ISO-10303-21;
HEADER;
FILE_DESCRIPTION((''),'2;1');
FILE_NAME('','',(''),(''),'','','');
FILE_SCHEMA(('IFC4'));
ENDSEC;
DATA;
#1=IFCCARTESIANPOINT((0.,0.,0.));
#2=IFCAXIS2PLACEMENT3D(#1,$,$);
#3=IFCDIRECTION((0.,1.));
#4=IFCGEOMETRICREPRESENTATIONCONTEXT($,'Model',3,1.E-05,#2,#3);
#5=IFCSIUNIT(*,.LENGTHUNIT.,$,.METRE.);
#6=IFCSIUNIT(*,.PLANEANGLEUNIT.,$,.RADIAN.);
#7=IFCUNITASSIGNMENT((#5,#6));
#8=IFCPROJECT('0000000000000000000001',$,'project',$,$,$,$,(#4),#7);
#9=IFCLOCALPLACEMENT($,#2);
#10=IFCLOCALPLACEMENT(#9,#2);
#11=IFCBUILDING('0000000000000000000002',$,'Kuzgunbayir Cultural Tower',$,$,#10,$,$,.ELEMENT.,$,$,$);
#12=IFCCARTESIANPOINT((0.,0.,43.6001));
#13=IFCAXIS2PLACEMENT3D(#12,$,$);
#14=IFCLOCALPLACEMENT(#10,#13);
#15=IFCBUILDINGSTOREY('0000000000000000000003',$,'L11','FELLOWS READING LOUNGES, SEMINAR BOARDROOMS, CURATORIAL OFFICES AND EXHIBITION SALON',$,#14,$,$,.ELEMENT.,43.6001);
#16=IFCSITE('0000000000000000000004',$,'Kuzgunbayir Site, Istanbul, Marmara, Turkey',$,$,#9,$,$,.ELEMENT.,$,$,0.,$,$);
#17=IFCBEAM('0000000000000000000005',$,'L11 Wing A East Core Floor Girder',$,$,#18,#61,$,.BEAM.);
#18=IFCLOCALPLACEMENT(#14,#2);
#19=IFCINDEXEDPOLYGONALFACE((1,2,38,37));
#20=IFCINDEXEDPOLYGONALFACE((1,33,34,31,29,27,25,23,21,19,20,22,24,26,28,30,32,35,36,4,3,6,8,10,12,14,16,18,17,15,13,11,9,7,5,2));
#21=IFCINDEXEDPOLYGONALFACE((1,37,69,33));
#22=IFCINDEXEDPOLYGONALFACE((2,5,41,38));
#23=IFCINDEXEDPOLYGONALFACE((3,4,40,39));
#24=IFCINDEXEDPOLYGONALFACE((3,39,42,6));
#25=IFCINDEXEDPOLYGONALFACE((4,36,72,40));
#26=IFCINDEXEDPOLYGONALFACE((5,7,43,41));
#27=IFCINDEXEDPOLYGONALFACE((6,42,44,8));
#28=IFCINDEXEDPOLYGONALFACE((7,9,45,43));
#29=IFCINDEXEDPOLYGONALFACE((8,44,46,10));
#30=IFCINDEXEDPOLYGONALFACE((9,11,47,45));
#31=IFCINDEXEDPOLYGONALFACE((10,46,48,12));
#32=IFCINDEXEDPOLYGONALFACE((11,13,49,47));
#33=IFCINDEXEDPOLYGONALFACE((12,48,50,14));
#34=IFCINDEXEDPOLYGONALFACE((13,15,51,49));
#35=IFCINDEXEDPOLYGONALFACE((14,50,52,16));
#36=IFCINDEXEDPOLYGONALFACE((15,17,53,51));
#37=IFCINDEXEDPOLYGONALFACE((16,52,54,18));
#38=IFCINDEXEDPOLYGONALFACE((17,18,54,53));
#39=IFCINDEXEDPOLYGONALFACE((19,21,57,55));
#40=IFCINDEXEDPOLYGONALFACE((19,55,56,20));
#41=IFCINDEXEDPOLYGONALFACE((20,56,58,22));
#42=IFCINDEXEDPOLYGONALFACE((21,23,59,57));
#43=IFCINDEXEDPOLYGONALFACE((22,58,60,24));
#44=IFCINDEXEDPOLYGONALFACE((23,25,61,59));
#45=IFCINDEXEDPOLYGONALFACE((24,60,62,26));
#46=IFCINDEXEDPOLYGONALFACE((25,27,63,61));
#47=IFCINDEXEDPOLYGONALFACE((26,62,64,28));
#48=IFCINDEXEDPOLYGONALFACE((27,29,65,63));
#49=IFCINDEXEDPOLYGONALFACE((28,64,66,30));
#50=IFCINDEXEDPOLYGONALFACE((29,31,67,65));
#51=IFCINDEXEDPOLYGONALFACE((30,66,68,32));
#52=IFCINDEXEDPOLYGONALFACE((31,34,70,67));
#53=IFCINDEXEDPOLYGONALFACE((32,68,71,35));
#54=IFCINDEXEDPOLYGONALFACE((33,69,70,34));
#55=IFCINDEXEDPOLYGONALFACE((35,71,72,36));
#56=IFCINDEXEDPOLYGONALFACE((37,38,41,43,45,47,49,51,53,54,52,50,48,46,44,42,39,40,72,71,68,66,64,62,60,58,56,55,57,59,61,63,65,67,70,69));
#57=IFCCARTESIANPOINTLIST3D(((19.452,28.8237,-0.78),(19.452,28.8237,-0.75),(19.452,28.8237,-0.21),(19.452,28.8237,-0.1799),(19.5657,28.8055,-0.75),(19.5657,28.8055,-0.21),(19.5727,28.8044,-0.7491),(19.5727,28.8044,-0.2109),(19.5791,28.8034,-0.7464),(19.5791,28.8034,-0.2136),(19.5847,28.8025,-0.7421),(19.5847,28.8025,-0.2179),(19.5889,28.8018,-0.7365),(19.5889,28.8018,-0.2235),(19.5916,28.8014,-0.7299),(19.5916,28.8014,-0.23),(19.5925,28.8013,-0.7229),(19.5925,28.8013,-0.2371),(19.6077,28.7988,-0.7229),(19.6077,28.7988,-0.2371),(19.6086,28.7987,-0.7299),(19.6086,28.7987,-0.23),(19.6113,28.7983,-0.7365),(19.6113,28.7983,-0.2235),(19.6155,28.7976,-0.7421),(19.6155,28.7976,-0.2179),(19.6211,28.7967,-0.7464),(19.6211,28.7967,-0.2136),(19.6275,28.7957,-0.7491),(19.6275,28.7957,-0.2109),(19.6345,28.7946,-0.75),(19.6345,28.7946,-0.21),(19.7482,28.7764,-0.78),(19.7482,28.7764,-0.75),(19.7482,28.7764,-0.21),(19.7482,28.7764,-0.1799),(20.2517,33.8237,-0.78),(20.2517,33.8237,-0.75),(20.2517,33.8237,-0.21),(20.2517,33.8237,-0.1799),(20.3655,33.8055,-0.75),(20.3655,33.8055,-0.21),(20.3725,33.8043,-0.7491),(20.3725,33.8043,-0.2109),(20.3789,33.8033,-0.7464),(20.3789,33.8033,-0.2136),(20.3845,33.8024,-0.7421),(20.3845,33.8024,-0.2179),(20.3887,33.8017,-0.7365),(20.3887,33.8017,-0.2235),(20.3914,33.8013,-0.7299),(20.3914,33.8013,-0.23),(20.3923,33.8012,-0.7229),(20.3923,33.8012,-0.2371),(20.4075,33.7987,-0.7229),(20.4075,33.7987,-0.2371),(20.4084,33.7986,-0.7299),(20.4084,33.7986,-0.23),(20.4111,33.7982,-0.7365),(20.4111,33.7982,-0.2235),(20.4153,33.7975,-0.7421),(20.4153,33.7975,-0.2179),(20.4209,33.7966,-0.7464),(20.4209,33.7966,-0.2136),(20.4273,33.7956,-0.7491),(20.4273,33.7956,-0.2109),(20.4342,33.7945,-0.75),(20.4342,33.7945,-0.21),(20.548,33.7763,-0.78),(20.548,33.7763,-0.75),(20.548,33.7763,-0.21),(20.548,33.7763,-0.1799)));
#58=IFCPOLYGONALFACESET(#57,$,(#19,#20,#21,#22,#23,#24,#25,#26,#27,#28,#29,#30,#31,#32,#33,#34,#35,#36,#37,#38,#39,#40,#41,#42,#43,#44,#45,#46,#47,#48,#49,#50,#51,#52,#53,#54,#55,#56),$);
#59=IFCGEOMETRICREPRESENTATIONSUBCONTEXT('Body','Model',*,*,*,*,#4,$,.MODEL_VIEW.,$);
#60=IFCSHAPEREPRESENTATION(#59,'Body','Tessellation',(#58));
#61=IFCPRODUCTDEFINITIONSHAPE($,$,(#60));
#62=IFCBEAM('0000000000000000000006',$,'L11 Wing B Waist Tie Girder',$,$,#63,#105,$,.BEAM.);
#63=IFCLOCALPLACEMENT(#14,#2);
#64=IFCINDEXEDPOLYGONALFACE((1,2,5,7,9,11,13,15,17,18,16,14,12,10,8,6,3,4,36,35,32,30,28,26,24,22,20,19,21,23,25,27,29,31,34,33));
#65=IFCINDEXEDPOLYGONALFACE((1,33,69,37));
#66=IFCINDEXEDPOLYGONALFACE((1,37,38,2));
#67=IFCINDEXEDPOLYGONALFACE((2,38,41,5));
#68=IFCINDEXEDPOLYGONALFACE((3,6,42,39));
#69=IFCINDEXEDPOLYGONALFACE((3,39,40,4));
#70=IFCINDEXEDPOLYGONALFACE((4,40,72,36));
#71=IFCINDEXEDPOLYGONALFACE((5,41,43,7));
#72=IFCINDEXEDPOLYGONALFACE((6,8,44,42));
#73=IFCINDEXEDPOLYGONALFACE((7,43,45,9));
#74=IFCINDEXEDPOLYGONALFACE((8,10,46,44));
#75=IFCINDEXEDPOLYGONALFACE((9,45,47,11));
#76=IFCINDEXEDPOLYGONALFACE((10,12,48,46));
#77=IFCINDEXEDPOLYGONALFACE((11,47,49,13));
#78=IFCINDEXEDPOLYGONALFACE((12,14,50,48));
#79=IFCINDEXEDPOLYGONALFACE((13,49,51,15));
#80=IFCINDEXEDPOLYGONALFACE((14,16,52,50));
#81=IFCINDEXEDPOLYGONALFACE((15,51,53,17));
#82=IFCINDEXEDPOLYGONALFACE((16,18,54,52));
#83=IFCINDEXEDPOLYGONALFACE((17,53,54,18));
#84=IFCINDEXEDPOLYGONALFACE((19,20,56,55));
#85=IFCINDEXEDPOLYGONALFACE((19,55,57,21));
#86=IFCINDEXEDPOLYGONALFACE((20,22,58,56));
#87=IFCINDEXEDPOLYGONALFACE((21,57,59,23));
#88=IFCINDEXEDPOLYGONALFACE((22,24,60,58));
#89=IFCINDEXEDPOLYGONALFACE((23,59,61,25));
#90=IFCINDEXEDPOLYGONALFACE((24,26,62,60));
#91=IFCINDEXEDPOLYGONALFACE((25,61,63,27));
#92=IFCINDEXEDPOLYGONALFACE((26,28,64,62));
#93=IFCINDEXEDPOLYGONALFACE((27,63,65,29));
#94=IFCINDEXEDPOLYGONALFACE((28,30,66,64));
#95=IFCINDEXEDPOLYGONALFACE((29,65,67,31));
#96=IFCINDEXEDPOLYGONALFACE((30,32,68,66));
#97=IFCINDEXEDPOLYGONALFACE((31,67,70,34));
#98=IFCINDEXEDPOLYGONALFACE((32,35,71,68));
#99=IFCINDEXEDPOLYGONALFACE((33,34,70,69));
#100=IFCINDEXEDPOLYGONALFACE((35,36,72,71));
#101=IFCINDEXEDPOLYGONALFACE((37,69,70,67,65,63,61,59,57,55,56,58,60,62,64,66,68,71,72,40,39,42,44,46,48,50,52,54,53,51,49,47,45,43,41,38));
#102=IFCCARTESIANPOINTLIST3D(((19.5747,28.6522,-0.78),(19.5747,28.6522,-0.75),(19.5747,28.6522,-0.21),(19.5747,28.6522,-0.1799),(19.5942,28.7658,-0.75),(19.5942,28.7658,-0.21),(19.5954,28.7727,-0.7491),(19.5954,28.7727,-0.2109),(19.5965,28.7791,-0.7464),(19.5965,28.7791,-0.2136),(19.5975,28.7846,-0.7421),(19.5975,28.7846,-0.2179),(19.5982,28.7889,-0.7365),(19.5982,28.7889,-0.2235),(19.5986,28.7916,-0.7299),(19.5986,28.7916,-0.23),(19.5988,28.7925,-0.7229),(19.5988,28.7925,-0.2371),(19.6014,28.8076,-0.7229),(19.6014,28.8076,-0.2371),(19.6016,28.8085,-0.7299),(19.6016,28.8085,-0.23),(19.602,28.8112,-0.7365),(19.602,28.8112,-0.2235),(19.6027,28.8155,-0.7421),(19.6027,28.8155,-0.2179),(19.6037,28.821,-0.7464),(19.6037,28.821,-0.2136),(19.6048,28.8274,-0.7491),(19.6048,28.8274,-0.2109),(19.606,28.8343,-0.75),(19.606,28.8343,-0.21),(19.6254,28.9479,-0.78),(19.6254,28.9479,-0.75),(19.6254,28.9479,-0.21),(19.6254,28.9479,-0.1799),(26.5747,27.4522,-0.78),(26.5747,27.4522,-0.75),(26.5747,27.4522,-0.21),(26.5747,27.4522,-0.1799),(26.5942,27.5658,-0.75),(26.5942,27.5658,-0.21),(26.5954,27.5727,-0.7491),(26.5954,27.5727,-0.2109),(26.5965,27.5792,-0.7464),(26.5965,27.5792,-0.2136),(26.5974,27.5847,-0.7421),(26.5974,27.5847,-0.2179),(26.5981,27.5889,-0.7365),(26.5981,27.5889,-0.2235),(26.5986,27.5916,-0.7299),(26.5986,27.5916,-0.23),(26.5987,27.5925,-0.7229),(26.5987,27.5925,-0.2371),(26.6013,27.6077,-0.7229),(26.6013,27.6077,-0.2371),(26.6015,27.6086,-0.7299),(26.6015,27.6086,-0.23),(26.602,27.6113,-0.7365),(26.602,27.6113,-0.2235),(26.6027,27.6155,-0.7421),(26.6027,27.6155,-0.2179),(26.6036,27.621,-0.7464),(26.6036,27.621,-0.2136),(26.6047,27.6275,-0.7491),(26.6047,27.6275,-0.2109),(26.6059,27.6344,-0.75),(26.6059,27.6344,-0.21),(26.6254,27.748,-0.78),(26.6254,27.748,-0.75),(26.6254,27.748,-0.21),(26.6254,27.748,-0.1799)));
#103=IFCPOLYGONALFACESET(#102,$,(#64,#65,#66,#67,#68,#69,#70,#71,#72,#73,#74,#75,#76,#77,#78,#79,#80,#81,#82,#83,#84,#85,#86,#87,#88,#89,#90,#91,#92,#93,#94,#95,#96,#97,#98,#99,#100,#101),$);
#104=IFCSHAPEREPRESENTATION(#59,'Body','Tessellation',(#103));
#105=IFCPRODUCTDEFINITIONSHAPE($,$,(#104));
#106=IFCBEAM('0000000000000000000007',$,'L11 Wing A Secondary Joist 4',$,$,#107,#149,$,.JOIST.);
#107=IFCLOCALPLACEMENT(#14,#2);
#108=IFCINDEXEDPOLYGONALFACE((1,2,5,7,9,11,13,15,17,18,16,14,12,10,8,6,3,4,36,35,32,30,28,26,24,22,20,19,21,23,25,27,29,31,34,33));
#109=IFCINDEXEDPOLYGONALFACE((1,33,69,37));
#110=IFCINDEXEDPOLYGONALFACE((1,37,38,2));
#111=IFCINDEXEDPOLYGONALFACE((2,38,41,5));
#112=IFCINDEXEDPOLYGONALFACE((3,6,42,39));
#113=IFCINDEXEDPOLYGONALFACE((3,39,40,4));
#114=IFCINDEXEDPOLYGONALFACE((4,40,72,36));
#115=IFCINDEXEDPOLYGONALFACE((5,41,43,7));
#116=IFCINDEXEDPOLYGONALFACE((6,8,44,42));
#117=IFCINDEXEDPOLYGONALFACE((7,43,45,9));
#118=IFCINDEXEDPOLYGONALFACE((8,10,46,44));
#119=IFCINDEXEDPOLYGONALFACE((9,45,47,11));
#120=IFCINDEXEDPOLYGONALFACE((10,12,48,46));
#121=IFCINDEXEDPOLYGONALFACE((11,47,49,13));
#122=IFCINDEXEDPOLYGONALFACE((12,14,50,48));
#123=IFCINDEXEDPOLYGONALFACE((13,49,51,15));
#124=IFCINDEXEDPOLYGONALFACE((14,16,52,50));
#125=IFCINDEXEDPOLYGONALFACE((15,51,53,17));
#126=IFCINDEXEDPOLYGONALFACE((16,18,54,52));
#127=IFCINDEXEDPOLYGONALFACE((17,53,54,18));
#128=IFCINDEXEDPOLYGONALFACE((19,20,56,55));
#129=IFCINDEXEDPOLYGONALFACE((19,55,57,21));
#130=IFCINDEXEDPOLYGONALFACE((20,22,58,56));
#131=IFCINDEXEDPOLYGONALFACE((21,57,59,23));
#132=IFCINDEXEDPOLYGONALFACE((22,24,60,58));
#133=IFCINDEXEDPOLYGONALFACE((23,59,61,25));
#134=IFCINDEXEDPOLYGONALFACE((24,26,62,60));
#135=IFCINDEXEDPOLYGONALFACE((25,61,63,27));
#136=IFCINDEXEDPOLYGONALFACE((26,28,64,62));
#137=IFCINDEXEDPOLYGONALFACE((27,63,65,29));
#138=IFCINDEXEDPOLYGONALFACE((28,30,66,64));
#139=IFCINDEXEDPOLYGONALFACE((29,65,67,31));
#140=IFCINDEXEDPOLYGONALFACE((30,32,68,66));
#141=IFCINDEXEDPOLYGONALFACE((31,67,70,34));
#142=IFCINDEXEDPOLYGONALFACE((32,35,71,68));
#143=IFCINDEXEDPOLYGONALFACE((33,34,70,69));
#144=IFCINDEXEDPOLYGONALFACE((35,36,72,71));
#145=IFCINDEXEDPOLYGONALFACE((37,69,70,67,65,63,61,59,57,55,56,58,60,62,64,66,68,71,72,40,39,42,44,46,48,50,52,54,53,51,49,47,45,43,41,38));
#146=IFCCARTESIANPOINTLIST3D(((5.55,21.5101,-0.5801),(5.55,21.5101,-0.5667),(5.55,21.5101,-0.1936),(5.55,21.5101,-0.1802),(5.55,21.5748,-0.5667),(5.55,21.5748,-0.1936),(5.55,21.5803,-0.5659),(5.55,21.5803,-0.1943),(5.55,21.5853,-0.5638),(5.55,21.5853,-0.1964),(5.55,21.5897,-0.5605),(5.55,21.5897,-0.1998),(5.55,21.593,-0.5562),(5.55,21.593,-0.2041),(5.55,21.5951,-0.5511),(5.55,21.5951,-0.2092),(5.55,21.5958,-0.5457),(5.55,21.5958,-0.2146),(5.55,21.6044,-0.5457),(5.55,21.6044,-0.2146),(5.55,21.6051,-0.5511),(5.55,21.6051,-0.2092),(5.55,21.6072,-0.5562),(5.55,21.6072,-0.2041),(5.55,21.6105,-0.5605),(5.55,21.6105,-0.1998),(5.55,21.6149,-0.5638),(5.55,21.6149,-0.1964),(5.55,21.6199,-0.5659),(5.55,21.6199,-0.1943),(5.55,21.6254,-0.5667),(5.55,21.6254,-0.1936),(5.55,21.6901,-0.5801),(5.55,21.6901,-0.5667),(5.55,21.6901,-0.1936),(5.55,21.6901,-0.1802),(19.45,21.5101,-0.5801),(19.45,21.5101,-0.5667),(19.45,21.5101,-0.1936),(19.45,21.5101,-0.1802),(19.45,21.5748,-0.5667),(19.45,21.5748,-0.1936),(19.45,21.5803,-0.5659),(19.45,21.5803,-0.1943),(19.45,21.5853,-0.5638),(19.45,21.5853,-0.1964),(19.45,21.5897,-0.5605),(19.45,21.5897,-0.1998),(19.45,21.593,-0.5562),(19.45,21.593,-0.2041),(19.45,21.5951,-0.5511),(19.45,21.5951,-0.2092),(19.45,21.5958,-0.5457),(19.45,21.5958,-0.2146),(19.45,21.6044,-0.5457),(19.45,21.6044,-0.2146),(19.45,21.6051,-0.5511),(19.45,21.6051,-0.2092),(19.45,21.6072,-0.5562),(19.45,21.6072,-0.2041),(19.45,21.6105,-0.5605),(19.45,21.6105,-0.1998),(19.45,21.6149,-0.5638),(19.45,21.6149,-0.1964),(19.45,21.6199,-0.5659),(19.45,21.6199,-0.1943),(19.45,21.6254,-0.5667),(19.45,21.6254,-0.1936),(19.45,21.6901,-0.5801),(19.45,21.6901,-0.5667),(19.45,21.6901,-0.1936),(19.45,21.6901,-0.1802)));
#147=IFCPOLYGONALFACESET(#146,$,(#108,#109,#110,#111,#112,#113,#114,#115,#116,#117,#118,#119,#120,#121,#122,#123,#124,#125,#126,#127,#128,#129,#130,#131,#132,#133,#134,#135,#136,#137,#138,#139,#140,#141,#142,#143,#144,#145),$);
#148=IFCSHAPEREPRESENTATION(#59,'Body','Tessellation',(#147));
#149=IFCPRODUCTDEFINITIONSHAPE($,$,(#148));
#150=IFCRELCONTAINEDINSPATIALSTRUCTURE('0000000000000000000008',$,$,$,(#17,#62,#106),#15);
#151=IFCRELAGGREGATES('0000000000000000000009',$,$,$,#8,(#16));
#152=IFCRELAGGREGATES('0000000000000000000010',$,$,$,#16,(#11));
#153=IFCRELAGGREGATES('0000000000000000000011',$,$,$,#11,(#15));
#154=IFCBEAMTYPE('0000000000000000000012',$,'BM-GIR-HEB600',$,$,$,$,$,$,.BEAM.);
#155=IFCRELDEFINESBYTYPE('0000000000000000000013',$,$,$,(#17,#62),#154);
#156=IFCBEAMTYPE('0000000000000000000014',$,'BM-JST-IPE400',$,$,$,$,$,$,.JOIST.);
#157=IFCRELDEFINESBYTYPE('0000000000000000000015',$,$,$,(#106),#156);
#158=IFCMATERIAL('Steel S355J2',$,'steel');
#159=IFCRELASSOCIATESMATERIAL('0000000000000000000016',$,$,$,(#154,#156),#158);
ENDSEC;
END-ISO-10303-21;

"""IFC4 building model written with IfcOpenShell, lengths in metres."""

from ifc_helpers import new_model, si_unit, direction, frame, origin, origin_2d, place, context, subcontext, project, spatial, i_section, extrude, material, material_profile, profile_set, type_object, element, save


model = new_model("IFC4")

# Units and contexts
model_context = context("Model", 3, precision=1e-05, world=origin(), true_north=direction((0.0, 1.0)))
body_context = subcontext(model_context, "Body", "Model", "MODEL_VIEW")
ifc_project = project(units=[si_unit("LENGTHUNIT", "METRE"), si_unit("PLANEANGLEUNIT", "RADIAN")], contexts=[model_context])

# Site, building, storey
site_placement = place(None, origin())
site = spatial("IfcSite", under=ifc_project, at=site_placement, Name="Kuzgunbayir Site, Istanbul, Marmara, Turkey", CompositionType="ELEMENT", RefElevation=0.0)
building_placement = place(site_placement, origin())
building = spatial("IfcBuilding", under=site, at=building_placement, Name="Kuzgunbayir Cultural Tower", CompositionType="ELEMENT")
storey_placement = place(building_placement, frame((0.0, 0.0, 43.6001)))
storey = spatial("IfcBuildingStorey", under=building, at=storey_placement, Name="L11", Description="FELLOWS READING LOUNGES, SEMINAR BOARDROOMS, CURATORIAL OFFICES AND EXHIBITION SALON", CompositionType="ELEMENT", Elevation=43.6001)

# Beams
ifc_material_1 = material(Name="Steel S355J2", Category="steel")
ifc_material_profile_1 = material_profile(ifc_material_1, i_section(OverallWidth=0.3, OverallDepth=0.6001, WebThickness=0.0154, FlangeThickness=0.03, FilletRadius=0.0271, at=origin_2d()), Name="HEB 600")
ifc_profile_set_1 = profile_set([ifc_material_profile_1], Name="Steel S355J2")
beam_type_1 = type_object("IfcBeamType", Name="BM-GIR-HEB600", PredefinedType="BEAM", material=ifc_profile_set_1)
beam_1_placement = place(storey_placement, frame((19.6001, 28.8, -0.48), z_axis=(0.157953, 0.987447, 0.0), x_axis=(-0.987447, 0.157953, 0.0)))
element("IfcBeam", 1, at=beam_1_placement, inside=storey, type_object=beam_type_1, Name="L11 Wing A East Core Floor Girder", PredefinedType="BEAM", context=body_context, shape_type="SweptSolid", body=[
    extrude(i_section(OverallWidth=0.3, OverallDepth=0.6001, WebThickness=0.0154, FlangeThickness=0.03, FilletRadius=0.0271, at=origin_2d()), origin(), (0.0, 0.0, 1.0), 5.0635),
])
beam_2_placement = place(storey_placement, frame((19.6001, 28.8, -0.48), z_axis=(0.985623, -0.168957, 0.0), x_axis=(0.168957, 0.985623, 0.0)))
element("IfcBeam", 2, at=beam_2_placement, inside=storey, type_object=beam_type_1, Name="L11 Wing B Waist Tie Girder", PredefinedType="BEAM", context=body_context, shape_type="SweptSolid", body=[
    extrude(i_section(OverallWidth=0.3, OverallDepth=0.6001, WebThickness=0.0154, FlangeThickness=0.03, FilletRadius=0.0271, at=origin_2d()), origin(), (0.0, 0.0, 1.0), 7.1021),
])
ifc_material_profile_2 = material_profile(ifc_material_1, i_section(OverallWidth=0.1799, OverallDepth=0.3999, WebThickness=0.0085, FlangeThickness=0.0134, FilletRadius=0.021, at=origin_2d()), Name="IPE 400")
ifc_profile_set_2 = profile_set([ifc_material_profile_2], Name="Steel S355J2")
beam_type_2 = type_object("IfcBeamType", Name="BM-JST-IPE400", PredefinedType="JOIST", material=ifc_profile_set_2)
beam_3_placement = place(storey_placement, frame((5.55, 21.6001, -0.3801), z_axis=(1.0, 0.0, 0.0), x_axis=(0.0, 1.0, 0.0)))
element("IfcBeam", 3, at=beam_3_placement, inside=storey, type_object=beam_type_2, Name="L11 Wing A Secondary Joist 4", PredefinedType="JOIST", context=body_context, shape_type="SweptSolid", body=[
    extrude(i_section(OverallWidth=0.1799, OverallDepth=0.3999, WebThickness=0.0085, FlangeThickness=0.0134, FilletRadius=0.021, at=origin_2d()), origin(), (0.0, 0.0, 1.0), 13.8999),
])

save(model, "model.ifc")
